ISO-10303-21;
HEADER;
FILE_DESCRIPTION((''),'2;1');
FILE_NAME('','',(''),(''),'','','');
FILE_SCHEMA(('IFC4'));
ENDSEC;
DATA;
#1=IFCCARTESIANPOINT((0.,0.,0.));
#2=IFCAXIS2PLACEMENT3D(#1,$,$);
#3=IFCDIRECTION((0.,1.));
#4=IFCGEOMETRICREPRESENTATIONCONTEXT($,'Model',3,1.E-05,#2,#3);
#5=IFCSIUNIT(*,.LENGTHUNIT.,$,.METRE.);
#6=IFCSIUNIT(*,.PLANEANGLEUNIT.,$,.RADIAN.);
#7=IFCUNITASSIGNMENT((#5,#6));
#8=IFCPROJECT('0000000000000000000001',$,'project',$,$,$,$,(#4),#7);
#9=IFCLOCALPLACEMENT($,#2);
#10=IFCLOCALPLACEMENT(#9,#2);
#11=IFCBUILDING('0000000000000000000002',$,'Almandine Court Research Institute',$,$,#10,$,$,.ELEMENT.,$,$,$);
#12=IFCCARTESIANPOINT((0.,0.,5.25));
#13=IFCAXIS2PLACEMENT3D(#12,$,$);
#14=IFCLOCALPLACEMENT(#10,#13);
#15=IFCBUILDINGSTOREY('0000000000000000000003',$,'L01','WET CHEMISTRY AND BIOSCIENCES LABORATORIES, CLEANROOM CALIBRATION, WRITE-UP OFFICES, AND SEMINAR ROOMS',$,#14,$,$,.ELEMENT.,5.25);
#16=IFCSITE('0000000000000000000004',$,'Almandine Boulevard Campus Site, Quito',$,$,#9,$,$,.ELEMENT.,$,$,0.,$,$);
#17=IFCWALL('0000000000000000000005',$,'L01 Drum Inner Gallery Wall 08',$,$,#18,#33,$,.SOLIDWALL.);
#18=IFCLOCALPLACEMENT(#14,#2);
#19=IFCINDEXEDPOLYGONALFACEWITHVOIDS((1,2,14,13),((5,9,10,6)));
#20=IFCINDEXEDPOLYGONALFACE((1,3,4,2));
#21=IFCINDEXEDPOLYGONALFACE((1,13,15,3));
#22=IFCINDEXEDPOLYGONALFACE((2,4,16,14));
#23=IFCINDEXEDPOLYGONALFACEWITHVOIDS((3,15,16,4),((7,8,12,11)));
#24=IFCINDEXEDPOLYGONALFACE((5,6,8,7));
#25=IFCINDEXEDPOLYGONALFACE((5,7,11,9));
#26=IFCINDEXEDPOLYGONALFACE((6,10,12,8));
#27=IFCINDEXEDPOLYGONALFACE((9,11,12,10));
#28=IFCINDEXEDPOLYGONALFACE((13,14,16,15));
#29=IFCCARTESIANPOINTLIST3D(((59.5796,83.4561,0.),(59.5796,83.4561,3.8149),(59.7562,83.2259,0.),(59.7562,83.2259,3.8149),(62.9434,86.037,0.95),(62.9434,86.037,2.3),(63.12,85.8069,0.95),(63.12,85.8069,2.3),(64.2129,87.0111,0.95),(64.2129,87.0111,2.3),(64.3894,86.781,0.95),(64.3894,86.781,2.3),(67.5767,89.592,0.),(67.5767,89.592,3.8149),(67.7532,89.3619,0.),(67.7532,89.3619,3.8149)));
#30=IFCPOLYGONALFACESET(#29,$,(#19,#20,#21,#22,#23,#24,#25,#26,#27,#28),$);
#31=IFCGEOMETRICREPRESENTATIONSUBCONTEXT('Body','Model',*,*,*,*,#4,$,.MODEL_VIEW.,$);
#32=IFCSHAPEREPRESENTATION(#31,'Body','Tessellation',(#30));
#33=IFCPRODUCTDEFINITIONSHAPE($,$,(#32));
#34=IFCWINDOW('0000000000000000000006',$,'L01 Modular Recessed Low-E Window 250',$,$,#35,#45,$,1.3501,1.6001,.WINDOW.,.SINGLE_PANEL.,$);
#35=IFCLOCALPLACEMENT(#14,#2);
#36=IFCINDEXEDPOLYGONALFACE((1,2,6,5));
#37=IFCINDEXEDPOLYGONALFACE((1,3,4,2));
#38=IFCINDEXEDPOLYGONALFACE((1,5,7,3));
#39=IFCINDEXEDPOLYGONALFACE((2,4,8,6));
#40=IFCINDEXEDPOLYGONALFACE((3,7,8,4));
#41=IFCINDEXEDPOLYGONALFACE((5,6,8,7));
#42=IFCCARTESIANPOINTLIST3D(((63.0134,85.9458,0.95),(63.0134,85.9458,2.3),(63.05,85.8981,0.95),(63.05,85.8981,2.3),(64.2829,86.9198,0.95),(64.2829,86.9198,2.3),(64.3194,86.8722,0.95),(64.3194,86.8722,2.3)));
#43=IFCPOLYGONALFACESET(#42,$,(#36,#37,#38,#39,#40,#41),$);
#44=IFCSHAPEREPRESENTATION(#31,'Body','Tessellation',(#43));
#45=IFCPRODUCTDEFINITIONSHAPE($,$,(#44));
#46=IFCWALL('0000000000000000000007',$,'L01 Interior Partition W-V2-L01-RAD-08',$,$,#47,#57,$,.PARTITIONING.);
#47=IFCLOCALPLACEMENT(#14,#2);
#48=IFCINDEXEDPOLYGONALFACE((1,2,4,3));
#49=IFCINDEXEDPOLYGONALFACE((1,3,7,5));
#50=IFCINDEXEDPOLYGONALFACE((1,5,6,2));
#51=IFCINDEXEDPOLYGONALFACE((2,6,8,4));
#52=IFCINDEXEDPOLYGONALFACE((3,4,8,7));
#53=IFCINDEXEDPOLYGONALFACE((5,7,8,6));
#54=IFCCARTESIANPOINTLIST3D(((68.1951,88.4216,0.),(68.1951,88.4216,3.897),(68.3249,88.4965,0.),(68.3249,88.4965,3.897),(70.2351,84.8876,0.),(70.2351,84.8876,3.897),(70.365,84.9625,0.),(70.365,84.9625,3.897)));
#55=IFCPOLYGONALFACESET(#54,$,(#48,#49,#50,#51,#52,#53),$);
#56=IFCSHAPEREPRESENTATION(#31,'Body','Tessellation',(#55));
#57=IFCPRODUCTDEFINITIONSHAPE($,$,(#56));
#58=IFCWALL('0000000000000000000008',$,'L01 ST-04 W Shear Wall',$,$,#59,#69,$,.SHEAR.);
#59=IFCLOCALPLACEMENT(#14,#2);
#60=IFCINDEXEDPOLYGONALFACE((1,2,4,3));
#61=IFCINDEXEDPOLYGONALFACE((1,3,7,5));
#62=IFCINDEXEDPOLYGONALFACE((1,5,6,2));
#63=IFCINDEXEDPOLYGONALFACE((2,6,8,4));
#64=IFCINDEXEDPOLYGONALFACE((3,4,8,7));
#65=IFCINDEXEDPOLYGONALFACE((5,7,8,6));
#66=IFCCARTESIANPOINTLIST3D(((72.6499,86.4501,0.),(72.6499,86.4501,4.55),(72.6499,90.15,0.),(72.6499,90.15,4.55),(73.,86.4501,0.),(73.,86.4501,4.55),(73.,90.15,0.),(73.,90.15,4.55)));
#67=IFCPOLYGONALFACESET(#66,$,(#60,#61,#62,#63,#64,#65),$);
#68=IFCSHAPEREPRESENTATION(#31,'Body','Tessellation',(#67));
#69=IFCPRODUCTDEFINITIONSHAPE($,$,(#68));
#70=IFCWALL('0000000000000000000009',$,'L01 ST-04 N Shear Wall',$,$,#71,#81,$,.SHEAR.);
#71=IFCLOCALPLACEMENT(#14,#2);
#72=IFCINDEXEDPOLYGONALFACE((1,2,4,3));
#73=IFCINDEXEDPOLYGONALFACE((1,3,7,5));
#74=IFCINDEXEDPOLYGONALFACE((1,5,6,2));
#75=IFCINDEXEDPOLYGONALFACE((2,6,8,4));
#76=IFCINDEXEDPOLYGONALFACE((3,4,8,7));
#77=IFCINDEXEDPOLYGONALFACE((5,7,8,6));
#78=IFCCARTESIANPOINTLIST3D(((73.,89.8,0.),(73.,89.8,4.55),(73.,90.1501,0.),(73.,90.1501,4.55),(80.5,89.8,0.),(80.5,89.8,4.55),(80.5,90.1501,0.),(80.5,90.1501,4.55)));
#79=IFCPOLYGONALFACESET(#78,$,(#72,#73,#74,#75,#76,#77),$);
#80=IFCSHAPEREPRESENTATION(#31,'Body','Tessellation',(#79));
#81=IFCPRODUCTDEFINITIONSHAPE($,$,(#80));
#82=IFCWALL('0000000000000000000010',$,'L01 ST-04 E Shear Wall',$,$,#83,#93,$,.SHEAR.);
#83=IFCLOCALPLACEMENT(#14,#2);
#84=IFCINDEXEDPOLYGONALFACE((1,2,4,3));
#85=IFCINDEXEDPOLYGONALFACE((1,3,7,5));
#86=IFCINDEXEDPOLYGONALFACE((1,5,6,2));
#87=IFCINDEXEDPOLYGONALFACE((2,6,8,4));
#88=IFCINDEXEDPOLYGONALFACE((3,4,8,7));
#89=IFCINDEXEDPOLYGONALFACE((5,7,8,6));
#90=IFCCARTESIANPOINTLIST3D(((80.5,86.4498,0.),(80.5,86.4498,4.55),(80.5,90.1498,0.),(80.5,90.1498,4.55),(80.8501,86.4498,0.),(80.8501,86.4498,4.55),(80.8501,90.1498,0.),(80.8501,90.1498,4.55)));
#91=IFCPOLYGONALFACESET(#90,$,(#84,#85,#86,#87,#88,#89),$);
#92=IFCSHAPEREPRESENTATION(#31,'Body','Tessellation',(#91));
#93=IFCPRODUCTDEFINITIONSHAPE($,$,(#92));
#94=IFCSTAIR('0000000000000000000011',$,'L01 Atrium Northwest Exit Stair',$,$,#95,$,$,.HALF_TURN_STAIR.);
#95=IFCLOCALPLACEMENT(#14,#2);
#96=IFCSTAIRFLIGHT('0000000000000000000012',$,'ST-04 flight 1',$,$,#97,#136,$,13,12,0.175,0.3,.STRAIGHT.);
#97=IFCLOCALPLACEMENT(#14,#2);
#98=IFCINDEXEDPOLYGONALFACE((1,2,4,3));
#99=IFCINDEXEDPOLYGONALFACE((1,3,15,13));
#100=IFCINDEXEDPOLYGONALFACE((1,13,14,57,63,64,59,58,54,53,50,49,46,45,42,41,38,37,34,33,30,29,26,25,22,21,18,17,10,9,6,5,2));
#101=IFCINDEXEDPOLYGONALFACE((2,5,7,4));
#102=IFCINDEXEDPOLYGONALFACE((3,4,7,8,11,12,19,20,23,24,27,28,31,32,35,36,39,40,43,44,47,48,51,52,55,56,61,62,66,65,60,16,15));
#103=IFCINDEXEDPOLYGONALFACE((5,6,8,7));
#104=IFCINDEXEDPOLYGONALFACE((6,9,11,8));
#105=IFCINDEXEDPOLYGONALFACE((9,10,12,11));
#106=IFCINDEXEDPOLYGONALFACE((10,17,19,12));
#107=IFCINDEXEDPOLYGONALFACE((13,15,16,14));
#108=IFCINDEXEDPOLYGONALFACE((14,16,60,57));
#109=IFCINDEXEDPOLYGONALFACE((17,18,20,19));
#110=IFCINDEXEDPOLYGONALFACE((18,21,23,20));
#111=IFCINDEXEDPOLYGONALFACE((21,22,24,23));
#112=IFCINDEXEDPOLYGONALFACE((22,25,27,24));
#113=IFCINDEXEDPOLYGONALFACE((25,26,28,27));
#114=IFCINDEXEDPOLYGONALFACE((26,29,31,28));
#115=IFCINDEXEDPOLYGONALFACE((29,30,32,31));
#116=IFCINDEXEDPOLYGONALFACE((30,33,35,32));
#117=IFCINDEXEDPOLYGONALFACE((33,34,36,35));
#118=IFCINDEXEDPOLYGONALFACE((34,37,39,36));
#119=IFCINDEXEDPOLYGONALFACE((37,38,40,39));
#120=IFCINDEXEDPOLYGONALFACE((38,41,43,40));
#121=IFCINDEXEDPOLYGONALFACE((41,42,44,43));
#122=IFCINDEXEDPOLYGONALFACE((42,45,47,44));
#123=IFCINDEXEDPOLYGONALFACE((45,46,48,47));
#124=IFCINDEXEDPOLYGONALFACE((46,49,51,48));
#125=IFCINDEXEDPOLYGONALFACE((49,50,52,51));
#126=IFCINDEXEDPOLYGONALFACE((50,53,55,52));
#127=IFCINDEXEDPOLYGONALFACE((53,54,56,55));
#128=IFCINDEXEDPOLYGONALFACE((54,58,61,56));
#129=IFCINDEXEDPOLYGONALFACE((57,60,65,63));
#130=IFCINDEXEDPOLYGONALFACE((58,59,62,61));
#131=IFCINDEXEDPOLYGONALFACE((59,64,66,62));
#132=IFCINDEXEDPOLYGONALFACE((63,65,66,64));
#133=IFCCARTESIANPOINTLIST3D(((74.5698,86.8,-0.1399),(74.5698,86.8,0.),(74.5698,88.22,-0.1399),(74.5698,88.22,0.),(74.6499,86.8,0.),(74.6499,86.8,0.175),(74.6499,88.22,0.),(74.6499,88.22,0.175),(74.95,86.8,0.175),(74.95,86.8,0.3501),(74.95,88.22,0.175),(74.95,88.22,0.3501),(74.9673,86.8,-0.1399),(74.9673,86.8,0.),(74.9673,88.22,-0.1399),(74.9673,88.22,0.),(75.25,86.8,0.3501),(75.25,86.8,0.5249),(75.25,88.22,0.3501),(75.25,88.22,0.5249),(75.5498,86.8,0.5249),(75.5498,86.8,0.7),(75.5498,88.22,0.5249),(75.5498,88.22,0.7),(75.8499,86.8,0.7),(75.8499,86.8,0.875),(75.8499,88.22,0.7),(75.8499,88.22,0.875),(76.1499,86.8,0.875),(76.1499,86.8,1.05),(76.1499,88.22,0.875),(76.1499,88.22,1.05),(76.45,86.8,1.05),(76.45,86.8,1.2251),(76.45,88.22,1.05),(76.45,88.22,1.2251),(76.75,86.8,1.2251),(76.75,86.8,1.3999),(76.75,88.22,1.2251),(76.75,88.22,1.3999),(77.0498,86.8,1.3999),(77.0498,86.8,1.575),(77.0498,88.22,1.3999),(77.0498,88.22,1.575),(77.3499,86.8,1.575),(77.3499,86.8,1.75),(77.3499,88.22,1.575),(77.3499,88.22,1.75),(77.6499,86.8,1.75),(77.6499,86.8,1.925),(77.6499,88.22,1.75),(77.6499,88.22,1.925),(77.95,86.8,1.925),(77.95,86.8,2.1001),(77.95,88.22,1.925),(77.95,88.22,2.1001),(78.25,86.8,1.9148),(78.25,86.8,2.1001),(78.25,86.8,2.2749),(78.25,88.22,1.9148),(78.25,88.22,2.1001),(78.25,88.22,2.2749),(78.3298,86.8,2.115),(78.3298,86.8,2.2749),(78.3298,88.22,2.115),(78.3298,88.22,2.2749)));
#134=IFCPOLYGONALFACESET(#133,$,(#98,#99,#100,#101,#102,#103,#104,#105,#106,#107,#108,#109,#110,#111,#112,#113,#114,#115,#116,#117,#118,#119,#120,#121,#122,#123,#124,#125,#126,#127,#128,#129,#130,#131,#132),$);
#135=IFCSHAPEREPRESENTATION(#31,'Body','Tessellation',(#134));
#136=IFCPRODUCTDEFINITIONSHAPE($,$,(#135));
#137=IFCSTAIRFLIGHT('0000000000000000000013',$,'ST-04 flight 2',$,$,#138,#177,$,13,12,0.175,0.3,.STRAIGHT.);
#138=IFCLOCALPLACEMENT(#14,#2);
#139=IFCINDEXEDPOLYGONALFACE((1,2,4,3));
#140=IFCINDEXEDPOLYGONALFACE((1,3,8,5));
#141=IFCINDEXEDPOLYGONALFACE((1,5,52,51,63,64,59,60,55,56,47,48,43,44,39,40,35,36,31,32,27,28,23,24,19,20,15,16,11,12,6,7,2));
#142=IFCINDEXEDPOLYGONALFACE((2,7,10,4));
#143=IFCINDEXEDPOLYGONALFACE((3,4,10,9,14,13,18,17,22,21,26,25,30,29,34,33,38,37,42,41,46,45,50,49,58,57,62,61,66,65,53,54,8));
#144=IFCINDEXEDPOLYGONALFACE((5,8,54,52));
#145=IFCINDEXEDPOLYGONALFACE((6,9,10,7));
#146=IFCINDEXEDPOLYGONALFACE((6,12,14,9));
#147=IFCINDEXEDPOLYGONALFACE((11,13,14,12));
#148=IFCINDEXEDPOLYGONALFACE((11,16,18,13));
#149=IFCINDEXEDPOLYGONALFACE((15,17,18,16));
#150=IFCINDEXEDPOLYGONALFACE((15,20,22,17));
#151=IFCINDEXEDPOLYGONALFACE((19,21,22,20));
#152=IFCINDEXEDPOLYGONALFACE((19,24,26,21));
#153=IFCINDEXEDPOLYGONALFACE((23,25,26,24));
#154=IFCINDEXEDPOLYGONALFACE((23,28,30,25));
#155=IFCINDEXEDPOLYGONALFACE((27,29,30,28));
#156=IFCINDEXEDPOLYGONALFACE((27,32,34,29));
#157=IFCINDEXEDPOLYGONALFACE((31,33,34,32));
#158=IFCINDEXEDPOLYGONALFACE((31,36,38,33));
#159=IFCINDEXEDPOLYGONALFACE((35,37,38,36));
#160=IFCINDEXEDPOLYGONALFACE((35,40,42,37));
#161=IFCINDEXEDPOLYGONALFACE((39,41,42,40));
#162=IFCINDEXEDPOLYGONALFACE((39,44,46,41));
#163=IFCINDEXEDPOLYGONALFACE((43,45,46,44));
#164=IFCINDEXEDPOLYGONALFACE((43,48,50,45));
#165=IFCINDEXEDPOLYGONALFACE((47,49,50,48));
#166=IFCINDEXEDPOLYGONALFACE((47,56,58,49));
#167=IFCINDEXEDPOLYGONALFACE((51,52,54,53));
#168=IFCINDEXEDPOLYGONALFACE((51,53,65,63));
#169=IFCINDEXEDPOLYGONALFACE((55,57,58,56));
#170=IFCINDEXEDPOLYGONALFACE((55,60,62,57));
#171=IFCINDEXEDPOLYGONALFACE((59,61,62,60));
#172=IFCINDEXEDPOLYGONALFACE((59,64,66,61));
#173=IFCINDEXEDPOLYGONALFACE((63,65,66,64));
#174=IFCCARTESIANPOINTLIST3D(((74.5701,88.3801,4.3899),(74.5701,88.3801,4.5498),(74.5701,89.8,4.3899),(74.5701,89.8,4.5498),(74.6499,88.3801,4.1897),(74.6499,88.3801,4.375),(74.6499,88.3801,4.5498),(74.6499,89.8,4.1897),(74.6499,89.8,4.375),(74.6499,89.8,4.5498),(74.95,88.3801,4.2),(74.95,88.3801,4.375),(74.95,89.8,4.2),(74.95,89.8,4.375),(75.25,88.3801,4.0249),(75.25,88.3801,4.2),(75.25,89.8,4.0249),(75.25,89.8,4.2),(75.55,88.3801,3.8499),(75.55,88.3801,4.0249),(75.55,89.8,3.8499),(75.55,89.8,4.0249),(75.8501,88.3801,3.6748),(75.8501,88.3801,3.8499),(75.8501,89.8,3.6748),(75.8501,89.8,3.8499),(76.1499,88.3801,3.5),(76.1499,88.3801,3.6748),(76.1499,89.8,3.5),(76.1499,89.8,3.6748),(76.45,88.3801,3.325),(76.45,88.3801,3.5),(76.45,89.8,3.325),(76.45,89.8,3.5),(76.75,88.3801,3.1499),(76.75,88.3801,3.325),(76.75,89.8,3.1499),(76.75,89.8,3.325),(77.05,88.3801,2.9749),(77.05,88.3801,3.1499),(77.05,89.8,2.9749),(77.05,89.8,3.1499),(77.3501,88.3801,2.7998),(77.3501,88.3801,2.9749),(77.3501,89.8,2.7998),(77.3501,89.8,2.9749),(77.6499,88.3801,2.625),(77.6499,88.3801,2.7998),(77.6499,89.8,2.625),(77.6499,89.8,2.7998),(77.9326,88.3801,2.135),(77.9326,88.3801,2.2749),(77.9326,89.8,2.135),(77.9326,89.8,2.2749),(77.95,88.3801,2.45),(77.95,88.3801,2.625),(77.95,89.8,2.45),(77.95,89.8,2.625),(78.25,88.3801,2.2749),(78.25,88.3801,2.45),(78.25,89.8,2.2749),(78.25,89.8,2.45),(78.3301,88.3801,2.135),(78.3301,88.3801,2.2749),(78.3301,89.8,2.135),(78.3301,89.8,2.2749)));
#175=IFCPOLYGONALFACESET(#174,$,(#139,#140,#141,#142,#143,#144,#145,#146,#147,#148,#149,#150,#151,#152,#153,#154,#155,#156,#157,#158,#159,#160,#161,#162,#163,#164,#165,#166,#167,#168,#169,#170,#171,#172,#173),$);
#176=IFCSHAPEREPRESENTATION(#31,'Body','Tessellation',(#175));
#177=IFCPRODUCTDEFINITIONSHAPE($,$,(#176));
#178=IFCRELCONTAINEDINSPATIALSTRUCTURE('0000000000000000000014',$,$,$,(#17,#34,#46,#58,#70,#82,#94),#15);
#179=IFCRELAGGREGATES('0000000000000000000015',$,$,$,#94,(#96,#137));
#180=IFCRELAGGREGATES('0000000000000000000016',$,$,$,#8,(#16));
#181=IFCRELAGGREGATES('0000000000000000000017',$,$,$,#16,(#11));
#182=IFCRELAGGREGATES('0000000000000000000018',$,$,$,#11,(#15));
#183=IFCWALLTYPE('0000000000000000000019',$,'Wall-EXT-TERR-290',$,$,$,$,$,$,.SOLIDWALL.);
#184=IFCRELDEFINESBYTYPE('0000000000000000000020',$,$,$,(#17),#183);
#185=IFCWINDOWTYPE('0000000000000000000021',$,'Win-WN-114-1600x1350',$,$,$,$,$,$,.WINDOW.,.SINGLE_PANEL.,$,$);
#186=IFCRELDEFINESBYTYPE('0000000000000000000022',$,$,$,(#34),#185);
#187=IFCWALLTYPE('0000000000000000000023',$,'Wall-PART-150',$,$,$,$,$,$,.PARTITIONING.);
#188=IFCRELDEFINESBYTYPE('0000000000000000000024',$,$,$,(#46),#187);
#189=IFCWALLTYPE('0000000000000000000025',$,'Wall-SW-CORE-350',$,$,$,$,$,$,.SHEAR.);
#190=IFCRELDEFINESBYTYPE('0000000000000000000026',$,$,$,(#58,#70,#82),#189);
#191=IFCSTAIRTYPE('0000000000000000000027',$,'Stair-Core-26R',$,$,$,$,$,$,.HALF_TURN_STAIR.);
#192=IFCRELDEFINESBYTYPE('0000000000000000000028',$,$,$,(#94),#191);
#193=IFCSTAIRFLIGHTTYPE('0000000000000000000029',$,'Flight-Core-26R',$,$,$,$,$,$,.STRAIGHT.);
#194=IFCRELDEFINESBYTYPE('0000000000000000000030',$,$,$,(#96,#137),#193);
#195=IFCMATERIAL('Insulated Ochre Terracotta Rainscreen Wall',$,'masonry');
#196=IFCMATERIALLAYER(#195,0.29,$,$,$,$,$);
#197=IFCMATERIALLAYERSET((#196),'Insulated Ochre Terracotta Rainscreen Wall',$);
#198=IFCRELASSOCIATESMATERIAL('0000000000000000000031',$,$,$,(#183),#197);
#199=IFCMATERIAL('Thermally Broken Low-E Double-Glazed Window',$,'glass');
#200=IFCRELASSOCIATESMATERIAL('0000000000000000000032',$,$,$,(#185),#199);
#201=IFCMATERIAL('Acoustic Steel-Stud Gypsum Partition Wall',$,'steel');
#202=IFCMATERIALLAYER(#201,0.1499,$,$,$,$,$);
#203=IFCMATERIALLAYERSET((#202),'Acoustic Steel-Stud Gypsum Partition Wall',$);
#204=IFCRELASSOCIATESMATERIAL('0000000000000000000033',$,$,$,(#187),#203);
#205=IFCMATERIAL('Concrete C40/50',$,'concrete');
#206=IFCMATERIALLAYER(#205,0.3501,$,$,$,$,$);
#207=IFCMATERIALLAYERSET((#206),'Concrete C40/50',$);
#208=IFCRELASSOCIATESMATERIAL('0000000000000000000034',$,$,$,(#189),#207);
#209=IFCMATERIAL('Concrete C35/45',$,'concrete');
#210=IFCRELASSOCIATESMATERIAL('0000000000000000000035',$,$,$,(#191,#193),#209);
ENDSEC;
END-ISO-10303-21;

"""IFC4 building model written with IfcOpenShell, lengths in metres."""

from ifc_helpers import new_model, si_unit, direction, frame, frame_2d, origin, place, context, subcontext, project, spatial, polyline, rectangle, outline, extrude, material, layer, layer_set, type_object, element, fill, aggregate, save


model = new_model("IFC4")

# Units and contexts
model_context = context("Model", 3, precision=1e-05, world=origin(), true_north=direction((0.0, 1.0)))
body_context = subcontext(model_context, "Body", "Model", "MODEL_VIEW")
ifc_project = project(units=[si_unit("LENGTHUNIT", "METRE"), si_unit("PLANEANGLEUNIT", "RADIAN")], contexts=[model_context])

# Site, building, storey
site_placement = place(None, origin())
site = spatial("IfcSite", under=ifc_project, at=site_placement, Name="Almandine Boulevard Campus Site, Quito", CompositionType="ELEMENT", RefElevation=0.0)
building_placement = place(site_placement, origin())
building = spatial("IfcBuilding", under=site, at=building_placement, Name="Almandine Court Research Institute", CompositionType="ELEMENT")
storey_placement = place(building_placement, frame((0.0, 0.0, 5.25)))
storey = spatial("IfcBuildingStorey", under=building, at=storey_placement, Name="L01", Description="WET CHEMISTRY AND BIOSCIENCES LABORATORIES, CLEANROOM CALIBRATION, WRITE-UP OFFICES, AND SEMINAR ROOMS", CompositionType="ELEMENT", Elevation=5.25)

# Wall, opening, window
ifc_material_1 = material(Name="Insulated Ochre Terracotta Rainscreen Wall", Category="masonry")
ifc_layer_1 = layer(ifc_material_1, 0.29)
ifc_layer_set_1 = layer_set([ifc_layer_1], Name="Insulated Ochre Terracotta Rainscreen Wall")
wall_type_1 = type_object("IfcWallType", Name="Wall-EXT-TERR-290", PredefinedType="SOLIDWALL", material=ifc_layer_set_1)
wall_1_placement = place(storey_placement, frame((67.665, 89.4771, 0.0), z_axis=(0.0, 0.0, 1.0), x_axis=(-0.793372, -0.608738, 0.0)))
wall_1 = element("IfcWall", 1, at=wall_1_placement, inside=storey, type_object=wall_type_1, Name="L01 Drum Inner Gallery Wall 08", PredefinedType="SOLIDWALL", context=body_context, shape_type="SweptSolid", body=[
    extrude(rectangle(XDim=10.0798, YDim=0.29, at=frame_2d((5.04, 0.0))), origin(), (0.0, 0.0, 1.0), 3.8149),
])
opening_1_placement = place(wall_1_placement, frame((4.24, 0.0, 0.95)))
opening_1 = element("IfcOpeningElement", 2, at=opening_1_placement, cuts=wall_1, PredefinedType="OPENING", context=body_context, shape_type="SweptSolid", body=[
    extrude(rectangle(XDim=1.6001, YDim=1.3501, at=frame_2d((0.8, 0.675))), frame((0.0, 0.155, 0.0), z_axis=(0.0, -1.0, 0.0), x_axis=(1.0, 0.0, 0.0)), (0.0, 0.0, 1.0), 0.3101),
])
ifc_material_2 = material(Name="Thermally Broken Low-E Double-Glazed Window", Category="glass")
window_type = type_object("IfcWindowType", Name="Win-WN-114-1600x1350", PartitioningType="SINGLE_PANEL", PredefinedType="WINDOW", material=ifc_material_2)
window_placement = place(opening_1_placement, origin())
window = element("IfcWindow", 3, at=window_placement, inside=storey, type_object=window_type, Name="L01 Modular Recessed Low-E Window 250", OverallHeight=1.3501, OverallWidth=1.6001, PartitioningType="SINGLE_PANEL", PredefinedType="WINDOW", context=body_context, shape_type="SweptSolid", body=[
    extrude(rectangle(XDim=1.6001, YDim=1.3501, at=frame_2d((0.8, 0.675))), frame((0.0, 0.03, 0.0), z_axis=(0.0, -1.0, 0.0), x_axis=(1.0, 0.0, 0.0)), (0.0, 0.0, 1.0), 0.0601),
])
fill(opening_1, window)

# Walls
ifc_material_3 = material(Name="Acoustic Steel-Stud Gypsum Partition Wall", Category="steel")
ifc_layer_2 = layer(ifc_material_3, 0.1499)
ifc_layer_set_2 = layer_set([ifc_layer_2], Name="Acoustic Steel-Stud Gypsum Partition Wall")
wall_type_2 = type_object("IfcWallType", Name="Wall-PART-150", PredefinedType="PARTITIONING", material=ifc_layer_set_2)
wall_2_placement = place(storey_placement, frame((70.3, 84.925, 0.0), z_axis=(0.0, 0.0, 1.0), x_axis=(-0.499949, 0.866055, 0.0)))
element("IfcWall", 4, at=wall_2_placement, inside=storey, type_object=wall_type_2, Name="L01 Interior Partition W-V2-L01-RAD-08", PredefinedType="PARTITIONING", context=body_context, shape_type="SweptSolid", body=[
    extrude(rectangle(XDim=4.0806, YDim=0.1499, at=frame_2d((2.0403, 0.0))), origin(), (0.0, 0.0, 1.0), 3.897),
])
ifc_material_4 = material(Name="Concrete C40/50", Category="concrete")
ifc_layer_3 = layer(ifc_material_4, 0.3501)
ifc_layer_set_3 = layer_set([ifc_layer_3], Name="Concrete C40/50")
wall_type_3 = type_object("IfcWallType", Name="Wall-SW-CORE-350", PredefinedType="SHEAR", material=ifc_layer_set_3)
wall_3_placement = place(storey_placement, frame((72.825, 86.45, 0.0), z_axis=(0.0, 0.0, 1.0), x_axis=(0.0, 1.0, 0.0)))
element("IfcWall", 5, at=wall_3_placement, inside=storey, type_object=wall_type_3, Name="L01 ST-04 W Shear Wall", PredefinedType="SHEAR", context=body_context, shape_type="SweptSolid", body=[
    extrude(rectangle(XDim=3.7, YDim=0.3501, at=frame_2d((1.8501, 0.0))), origin(), (0.0, 0.0, 1.0), 4.55),
])
wall_4_placement = place(storey_placement, frame((73.0, 89.9751, 0.0), z_axis=(0.0, 0.0, 1.0), x_axis=(1.0, 0.0, 0.0)))
element("IfcWall", 6, at=wall_4_placement, inside=storey, type_object=wall_type_3, Name="L01 ST-04 N Shear Wall", PredefinedType="SHEAR", context=body_context, shape_type="SweptSolid", body=[
    extrude(rectangle(XDim=7.5, YDim=0.3501, at=frame_2d((3.75, 0.0))), origin(), (0.0, 0.0, 1.0), 4.55),
])
wall_5_placement = place(storey_placement, frame((80.675, 90.1499, 0.0), z_axis=(0.0, 0.0, 1.0), x_axis=(0.0, -1.0, 0.0)))
element("IfcWall", 7, at=wall_5_placement, inside=storey, type_object=wall_type_3, Name="L01 ST-04 E Shear Wall", PredefinedType="SHEAR", context=body_context, shape_type="SweptSolid", body=[
    extrude(rectangle(XDim=3.7, YDim=0.3501, at=frame_2d((1.8501, 0.0))), origin(), (0.0, 0.0, 1.0), 4.55),
])

# Stair, stair flights
ifc_material_5 = material(Name="Concrete C35/45", Category="concrete")
stair_type = type_object("IfcStairType", Name="Stair-Core-26R", PredefinedType="HALF_TURN_STAIR", material=ifc_material_5)
stair_placement = place(storey_placement, origin())
stair = element("IfcStair", 8, at=stair_placement, inside=storey, type_object=stair_type, Name="L01 Atrium Northwest Exit Stair", PredefinedType="HALF_TURN_STAIR")
stair_flight_type = type_object("IfcStairFlightType", Name="Flight-Core-26R", PredefinedType="STRAIGHT", material=ifc_material_5)
stair_flight_1_placement = place(storey_placement, frame((74.6499, 87.51, 0.0), z_axis=(0.0, 0.0, 1.0), x_axis=(1.0, 0.0, 0.0)))
stair_flight_1 = element("IfcStairFlight", 9, at=stair_flight_1_placement, type_object=stair_flight_type, Name="ST-04 flight 1", NumberOfRisers=13, NumberOfTreads=12, PredefinedType="STRAIGHT", RiserHeight=0.175, TreadLength=0.3, context=body_context, shape_type="SweptSolid", body=[
    extrude(outline(polyline([(-0.0801, -0.1399), (-0.0801, 0.0), (0.0, 0.0), (0.0, 0.175), (0.3, 0.175), (0.3, 0.3501), (0.6001, 0.3501), (0.6001, 0.5249), (0.8999, 0.5249), (0.8999, 0.7), (1.2, 0.7), (1.2, 0.875), (1.5, 0.875), (1.5, 1.05), (1.8, 1.05), (1.8, 1.2251), (2.1001, 1.2251), (2.1001, 1.3999), (2.3999, 1.3999), (2.3999, 1.575), (2.7, 1.575), (2.7, 1.75), (3.0, 1.75), (3.0, 1.925), (3.3, 1.925), (3.3, 2.1001), (3.6001, 2.1001), (3.6001, 2.2749), (3.6799, 2.2749), (3.6799, 2.115), (3.6001, 1.9148), (0.3174, 0.0), (0.3174, -0.1399), (-0.0801, -0.1399)])), frame((0.0, 0.71, 0.0), z_axis=(0.0, -1.0, 0.0), x_axis=(1.0, 0.0, 0.0)), (0.0, 0.0, 1.0), 1.4199),
])
stair_flight_2_placement = place(storey_placement, frame((78.25, 89.0901, 2.2749), z_axis=(0.0, 0.0, 1.0), x_axis=(-1.0, 0.0, 0.0)))
stair_flight_2 = element("IfcStairFlight", 10, at=stair_flight_2_placement, type_object=stair_flight_type, Name="ST-04 flight 2", NumberOfRisers=13, NumberOfTreads=12, PredefinedType="STRAIGHT", RiserHeight=0.175, TreadLength=0.3, context=body_context, shape_type="SweptSolid", body=[
    extrude(outline(polyline([(-0.0801, -0.1399), (-0.0801, 0.0), (0.0, 0.0), (0.0, 0.175), (0.3, 0.175), (0.3, 0.3501), (0.6001, 0.3501), (0.6001, 0.5249), (0.8999, 0.5249), (0.8999, 0.7), (1.2, 0.7), (1.2, 0.875), (1.5, 0.875), (1.5, 1.05), (1.8, 1.05), (1.8, 1.2251), (2.1001, 1.2251), (2.1001, 1.3999), (2.3999, 1.3999), (2.3999, 1.575), (2.7, 1.575), (2.7, 1.75), (3.0, 1.75), (3.0, 1.925), (3.3, 1.925), (3.3, 2.1001), (3.6001, 2.1001), (3.6001, 2.2749), (3.6799, 2.2749), (3.6799, 2.115), (3.6001, 1.9148), (0.3174, 0.0), (0.3174, -0.1399), (-0.0801, -0.1399)])), frame((0.0, 0.71, 0.0), z_axis=(0.0, -1.0, 0.0), x_axis=(1.0, 0.0, 0.0)), (0.0, 0.0, 1.0), 1.4199),
])
aggregate(stair, [stair_flight_1, stair_flight_2])

save(model, "model.ifc")
